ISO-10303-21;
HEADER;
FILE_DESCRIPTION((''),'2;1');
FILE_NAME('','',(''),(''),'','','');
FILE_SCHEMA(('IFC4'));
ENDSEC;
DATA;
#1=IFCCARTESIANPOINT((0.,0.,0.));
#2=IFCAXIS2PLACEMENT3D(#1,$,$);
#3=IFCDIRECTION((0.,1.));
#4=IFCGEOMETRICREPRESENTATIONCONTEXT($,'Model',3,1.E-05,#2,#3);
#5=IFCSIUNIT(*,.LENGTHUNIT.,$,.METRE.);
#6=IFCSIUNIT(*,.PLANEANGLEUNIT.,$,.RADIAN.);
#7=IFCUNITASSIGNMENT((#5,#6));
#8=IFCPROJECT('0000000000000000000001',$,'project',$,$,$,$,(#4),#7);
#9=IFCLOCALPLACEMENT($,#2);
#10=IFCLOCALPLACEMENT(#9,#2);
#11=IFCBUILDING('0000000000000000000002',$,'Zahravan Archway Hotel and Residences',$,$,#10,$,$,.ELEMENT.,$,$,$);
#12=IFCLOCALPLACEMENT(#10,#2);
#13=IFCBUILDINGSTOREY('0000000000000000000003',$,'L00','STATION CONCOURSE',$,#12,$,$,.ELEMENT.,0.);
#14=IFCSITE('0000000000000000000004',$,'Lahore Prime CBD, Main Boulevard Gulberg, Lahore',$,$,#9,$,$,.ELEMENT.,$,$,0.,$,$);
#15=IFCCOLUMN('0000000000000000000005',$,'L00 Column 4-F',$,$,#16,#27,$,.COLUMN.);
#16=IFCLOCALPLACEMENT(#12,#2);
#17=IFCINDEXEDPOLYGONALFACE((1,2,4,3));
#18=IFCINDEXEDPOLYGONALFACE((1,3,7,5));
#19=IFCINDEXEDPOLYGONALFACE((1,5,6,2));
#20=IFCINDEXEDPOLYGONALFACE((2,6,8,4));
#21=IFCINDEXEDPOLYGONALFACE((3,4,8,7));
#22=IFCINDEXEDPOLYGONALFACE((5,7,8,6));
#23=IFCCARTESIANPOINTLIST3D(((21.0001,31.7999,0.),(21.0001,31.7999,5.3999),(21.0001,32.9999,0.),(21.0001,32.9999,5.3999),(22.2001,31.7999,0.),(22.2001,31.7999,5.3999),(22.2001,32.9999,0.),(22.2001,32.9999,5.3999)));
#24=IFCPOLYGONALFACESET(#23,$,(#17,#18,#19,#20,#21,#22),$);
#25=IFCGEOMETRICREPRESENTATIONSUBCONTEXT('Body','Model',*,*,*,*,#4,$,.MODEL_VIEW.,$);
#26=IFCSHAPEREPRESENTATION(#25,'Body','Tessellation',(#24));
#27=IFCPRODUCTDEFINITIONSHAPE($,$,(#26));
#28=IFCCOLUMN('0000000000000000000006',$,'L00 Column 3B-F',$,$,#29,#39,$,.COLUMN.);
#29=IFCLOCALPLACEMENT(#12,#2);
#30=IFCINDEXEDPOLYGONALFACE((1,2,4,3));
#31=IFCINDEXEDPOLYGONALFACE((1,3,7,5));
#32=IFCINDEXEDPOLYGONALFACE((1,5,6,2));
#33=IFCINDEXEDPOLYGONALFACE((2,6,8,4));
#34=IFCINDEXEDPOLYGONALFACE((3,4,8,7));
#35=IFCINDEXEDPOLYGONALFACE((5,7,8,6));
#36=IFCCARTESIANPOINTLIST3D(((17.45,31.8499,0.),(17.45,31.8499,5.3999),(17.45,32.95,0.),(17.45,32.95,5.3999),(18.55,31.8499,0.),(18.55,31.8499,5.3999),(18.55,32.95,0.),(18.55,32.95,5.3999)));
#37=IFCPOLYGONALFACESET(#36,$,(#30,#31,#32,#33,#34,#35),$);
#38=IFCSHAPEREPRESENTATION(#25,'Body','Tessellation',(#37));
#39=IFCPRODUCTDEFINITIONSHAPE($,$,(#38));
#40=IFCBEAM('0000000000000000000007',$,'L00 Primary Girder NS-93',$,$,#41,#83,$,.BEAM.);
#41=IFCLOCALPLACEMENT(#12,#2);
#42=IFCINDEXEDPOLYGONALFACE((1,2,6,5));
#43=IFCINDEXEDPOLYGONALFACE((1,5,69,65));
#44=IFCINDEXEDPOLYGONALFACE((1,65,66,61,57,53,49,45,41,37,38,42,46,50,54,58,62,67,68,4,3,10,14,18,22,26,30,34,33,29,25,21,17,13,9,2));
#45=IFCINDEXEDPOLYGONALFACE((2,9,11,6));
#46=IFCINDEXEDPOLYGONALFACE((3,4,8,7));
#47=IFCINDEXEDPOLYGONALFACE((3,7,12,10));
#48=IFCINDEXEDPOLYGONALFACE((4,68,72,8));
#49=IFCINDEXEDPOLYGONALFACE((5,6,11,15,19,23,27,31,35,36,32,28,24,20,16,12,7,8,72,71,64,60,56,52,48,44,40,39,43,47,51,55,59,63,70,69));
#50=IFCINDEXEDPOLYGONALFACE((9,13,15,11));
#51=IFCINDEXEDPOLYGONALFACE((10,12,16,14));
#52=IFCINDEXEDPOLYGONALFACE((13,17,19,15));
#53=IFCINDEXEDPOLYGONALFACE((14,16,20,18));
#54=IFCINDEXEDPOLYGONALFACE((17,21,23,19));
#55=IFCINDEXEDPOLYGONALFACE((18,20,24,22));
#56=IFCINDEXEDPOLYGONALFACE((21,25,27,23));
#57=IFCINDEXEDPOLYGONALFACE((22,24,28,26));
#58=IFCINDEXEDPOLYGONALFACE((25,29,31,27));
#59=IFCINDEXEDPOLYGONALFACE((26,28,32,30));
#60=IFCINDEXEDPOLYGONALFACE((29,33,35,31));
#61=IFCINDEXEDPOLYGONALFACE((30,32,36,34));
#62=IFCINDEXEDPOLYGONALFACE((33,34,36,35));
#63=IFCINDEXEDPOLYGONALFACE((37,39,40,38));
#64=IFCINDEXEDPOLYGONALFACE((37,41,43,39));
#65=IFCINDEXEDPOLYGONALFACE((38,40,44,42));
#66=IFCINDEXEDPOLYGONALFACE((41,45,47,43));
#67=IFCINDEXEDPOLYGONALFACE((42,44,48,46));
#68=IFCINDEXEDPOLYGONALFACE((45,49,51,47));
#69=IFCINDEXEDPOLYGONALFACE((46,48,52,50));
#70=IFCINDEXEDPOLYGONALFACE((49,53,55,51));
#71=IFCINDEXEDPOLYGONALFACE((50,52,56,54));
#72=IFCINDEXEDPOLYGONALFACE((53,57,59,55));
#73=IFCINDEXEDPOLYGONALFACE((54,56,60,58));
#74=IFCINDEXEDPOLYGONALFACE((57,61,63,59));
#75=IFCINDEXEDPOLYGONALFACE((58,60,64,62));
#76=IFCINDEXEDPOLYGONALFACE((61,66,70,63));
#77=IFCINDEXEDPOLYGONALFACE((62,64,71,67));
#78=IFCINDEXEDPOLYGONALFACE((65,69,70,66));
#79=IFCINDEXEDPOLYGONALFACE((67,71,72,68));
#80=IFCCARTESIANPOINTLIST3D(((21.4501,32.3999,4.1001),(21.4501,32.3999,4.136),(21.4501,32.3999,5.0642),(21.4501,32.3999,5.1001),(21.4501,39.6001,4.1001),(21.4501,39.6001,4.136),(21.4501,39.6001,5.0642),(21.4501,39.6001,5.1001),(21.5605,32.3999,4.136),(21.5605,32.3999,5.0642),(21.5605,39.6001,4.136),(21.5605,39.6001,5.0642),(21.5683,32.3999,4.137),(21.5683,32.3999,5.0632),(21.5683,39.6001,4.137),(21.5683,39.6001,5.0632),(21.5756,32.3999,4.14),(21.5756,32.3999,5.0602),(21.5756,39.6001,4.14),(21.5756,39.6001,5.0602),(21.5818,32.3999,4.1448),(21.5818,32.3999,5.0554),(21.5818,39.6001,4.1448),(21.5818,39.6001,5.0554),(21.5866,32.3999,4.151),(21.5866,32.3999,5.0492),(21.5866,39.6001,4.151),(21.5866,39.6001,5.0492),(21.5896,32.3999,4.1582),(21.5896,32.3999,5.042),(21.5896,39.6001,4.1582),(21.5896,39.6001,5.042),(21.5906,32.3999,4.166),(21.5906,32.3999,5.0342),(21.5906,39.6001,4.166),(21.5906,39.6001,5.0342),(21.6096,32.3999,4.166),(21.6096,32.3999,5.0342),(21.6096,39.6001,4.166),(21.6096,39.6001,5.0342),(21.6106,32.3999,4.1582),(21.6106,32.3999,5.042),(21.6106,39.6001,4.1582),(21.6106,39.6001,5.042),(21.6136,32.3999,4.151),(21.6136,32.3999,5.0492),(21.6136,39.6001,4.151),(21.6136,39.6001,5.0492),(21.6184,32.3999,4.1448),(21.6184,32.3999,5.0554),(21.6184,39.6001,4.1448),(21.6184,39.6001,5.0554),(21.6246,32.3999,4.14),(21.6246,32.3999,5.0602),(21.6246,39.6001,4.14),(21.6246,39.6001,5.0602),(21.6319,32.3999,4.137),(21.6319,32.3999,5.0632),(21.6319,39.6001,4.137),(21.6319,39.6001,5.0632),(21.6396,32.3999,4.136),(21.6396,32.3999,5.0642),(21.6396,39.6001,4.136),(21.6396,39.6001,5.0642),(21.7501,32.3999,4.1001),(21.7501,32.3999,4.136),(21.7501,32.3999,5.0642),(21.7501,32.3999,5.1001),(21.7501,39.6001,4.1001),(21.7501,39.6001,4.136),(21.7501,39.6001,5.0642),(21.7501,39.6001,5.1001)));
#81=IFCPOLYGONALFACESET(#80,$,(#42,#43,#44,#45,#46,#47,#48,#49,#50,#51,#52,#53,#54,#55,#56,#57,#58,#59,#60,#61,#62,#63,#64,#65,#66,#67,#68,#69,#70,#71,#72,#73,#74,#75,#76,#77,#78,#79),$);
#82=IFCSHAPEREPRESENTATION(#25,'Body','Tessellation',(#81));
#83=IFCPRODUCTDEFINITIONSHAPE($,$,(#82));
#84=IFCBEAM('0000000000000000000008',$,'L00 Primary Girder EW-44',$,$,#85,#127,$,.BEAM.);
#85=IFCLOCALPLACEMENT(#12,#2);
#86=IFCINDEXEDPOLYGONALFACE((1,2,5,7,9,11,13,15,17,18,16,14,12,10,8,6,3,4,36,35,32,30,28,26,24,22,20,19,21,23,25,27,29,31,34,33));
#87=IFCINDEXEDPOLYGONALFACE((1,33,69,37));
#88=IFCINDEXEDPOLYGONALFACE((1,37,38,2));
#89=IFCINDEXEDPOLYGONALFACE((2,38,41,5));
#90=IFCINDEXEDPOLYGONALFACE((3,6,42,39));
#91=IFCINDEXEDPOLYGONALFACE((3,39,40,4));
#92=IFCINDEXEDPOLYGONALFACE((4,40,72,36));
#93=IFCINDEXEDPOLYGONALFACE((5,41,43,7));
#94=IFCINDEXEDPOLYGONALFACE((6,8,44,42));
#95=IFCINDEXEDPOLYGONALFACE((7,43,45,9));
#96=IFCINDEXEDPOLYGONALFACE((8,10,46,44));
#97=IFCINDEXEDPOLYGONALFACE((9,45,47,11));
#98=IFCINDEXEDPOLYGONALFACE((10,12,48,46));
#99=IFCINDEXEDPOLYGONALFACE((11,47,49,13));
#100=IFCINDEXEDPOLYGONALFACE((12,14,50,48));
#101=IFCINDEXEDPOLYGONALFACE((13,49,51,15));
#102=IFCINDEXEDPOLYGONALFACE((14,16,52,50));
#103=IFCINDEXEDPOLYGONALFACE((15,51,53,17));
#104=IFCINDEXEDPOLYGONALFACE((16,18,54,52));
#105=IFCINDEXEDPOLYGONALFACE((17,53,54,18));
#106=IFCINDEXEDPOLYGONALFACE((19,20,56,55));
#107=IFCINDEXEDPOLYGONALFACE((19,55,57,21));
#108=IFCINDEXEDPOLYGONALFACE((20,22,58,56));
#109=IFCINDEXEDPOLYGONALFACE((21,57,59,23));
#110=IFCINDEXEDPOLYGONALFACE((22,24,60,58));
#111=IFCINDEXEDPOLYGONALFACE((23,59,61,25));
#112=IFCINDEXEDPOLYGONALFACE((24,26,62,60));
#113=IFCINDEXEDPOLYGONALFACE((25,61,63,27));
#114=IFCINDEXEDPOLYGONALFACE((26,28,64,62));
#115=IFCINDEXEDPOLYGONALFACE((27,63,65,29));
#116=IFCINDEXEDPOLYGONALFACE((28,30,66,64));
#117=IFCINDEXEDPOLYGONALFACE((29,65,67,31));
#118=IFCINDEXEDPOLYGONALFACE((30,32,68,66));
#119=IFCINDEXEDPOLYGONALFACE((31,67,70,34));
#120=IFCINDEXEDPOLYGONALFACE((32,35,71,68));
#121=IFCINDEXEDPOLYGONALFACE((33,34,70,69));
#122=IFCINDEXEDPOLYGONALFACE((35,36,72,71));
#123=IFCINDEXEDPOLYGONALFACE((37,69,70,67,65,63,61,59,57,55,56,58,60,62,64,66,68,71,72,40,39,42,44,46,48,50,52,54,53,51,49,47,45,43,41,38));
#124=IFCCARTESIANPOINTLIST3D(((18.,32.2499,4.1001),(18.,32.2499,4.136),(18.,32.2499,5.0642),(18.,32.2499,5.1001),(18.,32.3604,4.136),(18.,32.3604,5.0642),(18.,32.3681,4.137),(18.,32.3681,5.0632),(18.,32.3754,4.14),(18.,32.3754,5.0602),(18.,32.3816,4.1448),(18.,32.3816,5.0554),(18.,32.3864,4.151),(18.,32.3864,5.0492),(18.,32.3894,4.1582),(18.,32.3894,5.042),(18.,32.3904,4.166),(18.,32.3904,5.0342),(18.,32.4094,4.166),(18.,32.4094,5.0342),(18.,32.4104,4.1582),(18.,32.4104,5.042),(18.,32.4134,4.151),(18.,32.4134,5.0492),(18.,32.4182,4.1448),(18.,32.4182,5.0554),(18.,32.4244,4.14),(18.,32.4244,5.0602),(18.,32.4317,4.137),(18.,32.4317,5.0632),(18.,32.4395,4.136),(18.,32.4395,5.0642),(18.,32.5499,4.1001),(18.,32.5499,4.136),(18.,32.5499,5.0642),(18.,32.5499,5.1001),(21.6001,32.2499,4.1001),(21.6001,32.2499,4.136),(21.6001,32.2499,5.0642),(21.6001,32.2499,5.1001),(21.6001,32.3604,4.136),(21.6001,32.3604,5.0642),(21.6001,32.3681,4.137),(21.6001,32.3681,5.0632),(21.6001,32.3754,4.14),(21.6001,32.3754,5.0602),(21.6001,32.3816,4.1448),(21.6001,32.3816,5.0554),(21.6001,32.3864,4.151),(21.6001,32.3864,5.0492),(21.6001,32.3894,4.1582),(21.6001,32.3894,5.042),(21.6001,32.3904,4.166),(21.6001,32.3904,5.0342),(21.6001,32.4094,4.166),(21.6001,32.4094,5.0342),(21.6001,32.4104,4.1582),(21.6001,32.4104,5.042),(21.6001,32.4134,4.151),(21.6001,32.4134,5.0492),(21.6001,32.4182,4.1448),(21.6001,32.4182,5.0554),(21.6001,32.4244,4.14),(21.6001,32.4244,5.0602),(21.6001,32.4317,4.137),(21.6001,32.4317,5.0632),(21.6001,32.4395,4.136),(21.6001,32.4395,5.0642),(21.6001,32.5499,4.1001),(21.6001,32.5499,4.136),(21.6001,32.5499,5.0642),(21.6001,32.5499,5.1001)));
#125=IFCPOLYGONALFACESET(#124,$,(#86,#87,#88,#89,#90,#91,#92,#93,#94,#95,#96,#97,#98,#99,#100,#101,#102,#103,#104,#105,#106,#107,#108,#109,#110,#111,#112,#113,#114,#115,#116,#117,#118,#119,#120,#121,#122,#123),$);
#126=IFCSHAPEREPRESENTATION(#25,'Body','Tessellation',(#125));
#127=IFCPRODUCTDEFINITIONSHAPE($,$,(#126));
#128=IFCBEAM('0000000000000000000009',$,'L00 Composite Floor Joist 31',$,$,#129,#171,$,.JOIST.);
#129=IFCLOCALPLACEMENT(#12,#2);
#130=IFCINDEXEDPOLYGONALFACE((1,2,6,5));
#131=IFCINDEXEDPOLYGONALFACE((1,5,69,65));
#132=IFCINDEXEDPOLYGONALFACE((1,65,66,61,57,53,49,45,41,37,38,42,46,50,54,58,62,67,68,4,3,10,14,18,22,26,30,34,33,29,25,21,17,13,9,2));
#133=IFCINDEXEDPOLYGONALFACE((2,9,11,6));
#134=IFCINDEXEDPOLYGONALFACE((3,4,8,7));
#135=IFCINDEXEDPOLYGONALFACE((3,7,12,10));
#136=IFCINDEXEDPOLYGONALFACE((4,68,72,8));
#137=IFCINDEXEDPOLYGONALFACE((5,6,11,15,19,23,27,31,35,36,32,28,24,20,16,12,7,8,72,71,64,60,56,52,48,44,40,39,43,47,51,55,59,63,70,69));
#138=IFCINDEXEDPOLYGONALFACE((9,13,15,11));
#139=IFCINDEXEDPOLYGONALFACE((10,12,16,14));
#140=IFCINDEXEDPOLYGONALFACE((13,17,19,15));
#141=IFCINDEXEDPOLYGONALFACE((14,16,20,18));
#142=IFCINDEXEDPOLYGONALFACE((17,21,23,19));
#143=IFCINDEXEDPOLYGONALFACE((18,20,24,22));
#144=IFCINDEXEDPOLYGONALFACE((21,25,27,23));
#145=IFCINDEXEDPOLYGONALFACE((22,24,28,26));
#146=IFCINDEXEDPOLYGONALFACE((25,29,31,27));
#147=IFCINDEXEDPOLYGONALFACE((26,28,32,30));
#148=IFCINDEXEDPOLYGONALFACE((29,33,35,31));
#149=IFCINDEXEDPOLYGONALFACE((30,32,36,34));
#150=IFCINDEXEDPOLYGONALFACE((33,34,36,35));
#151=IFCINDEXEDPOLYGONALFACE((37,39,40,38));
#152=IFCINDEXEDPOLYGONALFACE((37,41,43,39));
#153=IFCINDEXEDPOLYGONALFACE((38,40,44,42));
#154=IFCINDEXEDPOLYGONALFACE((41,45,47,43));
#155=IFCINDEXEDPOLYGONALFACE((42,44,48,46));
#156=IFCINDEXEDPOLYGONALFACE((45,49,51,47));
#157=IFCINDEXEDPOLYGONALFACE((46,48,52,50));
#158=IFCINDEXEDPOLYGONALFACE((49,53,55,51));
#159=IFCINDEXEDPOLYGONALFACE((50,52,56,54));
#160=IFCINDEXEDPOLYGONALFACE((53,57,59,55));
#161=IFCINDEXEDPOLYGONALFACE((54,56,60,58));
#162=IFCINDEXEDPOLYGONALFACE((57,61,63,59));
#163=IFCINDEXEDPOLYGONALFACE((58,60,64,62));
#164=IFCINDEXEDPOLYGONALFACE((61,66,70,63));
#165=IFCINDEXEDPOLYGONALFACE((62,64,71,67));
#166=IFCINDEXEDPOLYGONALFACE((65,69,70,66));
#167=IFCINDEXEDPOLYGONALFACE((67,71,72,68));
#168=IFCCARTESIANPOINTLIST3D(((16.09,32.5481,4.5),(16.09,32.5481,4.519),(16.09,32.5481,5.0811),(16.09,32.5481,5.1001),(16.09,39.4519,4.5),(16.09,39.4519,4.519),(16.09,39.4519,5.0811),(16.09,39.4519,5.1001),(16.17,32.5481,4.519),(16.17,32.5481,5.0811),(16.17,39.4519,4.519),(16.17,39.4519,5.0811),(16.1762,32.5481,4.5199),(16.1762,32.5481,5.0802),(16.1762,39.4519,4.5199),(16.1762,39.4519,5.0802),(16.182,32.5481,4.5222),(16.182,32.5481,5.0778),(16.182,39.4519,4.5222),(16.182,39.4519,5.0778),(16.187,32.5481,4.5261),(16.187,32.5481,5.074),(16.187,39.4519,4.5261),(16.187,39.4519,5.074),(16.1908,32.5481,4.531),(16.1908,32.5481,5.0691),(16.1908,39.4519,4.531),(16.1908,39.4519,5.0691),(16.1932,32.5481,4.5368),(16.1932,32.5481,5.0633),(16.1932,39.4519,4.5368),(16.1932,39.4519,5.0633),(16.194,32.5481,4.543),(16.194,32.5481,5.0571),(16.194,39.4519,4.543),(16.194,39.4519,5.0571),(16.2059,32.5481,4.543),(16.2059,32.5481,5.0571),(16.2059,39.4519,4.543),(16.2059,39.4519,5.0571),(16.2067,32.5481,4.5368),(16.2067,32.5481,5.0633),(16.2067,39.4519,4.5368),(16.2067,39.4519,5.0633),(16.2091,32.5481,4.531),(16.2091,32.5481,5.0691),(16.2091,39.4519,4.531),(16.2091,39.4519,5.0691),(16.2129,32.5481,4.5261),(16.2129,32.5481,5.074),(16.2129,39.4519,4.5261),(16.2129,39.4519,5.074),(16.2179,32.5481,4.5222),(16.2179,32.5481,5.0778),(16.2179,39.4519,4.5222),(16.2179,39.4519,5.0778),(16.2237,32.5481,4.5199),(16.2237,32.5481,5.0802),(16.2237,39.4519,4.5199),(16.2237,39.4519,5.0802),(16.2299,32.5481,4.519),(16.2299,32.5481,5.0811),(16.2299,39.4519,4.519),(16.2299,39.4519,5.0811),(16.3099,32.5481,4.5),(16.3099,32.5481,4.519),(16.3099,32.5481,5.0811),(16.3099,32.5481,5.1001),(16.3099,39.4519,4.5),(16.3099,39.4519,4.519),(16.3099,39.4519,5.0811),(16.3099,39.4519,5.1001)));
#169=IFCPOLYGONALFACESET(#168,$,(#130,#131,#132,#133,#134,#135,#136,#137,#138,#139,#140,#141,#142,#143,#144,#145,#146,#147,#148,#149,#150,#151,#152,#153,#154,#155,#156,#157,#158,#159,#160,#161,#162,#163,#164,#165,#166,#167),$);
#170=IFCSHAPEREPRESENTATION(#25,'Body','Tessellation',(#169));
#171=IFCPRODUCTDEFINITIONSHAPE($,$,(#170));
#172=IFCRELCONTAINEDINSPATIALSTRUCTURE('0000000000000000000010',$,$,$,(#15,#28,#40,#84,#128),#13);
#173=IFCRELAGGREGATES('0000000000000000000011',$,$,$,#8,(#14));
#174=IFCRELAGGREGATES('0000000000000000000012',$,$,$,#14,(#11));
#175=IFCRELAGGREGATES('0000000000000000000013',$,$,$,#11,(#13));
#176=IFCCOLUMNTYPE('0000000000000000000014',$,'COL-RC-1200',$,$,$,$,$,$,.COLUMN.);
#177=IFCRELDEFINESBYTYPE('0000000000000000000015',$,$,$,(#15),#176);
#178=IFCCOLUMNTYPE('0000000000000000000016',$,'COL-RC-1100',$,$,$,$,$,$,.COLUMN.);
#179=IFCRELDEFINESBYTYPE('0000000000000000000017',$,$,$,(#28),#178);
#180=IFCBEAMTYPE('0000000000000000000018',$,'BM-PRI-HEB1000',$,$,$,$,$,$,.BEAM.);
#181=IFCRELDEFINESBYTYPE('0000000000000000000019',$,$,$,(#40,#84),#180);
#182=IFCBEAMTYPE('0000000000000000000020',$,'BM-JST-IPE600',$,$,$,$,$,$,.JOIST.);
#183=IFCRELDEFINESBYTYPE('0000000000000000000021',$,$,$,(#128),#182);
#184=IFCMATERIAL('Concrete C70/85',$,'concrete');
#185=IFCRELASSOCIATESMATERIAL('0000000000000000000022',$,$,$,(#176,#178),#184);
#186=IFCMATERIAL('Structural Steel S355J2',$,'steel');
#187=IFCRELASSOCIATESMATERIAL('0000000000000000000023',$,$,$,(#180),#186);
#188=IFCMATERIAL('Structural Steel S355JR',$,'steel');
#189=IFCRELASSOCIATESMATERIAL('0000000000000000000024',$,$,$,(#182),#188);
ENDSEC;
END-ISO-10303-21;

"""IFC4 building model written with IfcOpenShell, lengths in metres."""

from ifc_helpers import new_model, si_unit, direction, frame, origin, origin_2d, place, context, subcontext, project, spatial, rectangle, i_section, extrude, source, transform, mapped, material, material_profile, profile_set, type_object, element, save


model = new_model("IFC4")

# Units and contexts
model_context = context("Model", 3, precision=1e-05, world=origin(), true_north=direction((0.0, 1.0)))
body_context = subcontext(model_context, "Body", "Model", "MODEL_VIEW")
ifc_project = project(units=[si_unit("LENGTHUNIT", "METRE"), si_unit("PLANEANGLEUNIT", "RADIAN")], contexts=[model_context])

# Site, building, storey
site_placement = place(None, origin())
site = spatial("IfcSite", under=ifc_project, at=site_placement, Name="Lahore Prime CBD, Main Boulevard Gulberg, Lahore", CompositionType="ELEMENT", RefElevation=0.0)
building_placement = place(site_placement, origin())
building = spatial("IfcBuilding", under=site, at=building_placement, Name="Zahravan Archway Hotel and Residences", CompositionType="ELEMENT")
storey_placement = place(building_placement, origin())
storey = spatial("IfcBuildingStorey", under=building, at=storey_placement, Name="L00", Description="STATION CONCOURSE", CompositionType="ELEMENT", Elevation=0.0)

# Columns
ifc_material_1 = material(Name="Concrete C70/85", Category="concrete")
ifc_material_profile_1 = material_profile(ifc_material_1, rectangle(XDim=1.2, YDim=1.2, at=origin_2d()), Name="RC-COL-1200x1200", Category="concrete")
ifc_profile_set_1 = profile_set([ifc_material_profile_1], Name="Concrete C70/85")
column_type_1 = type_object("IfcColumnType", Name="COL-RC-1200", PredefinedType="COLUMN", material=ifc_profile_set_1)
shared_shape_1 = source(origin(), body_context, "Body", "SweptSolid", [
    extrude(rectangle(XDim=1.2, YDim=1.2, at=origin_2d()), origin(), (0.0, 0.0, 1.0), 5.3999),
])
column_1_placement = place(storey_placement, frame((21.6001, 32.3999, 0.0), z_axis=(0.0, 0.0, 1.0), x_axis=(1.0, 0.0, 0.0)))
element("IfcColumn", 1, at=column_1_placement, inside=storey, type_object=column_type_1, Name="L00 Column 4-F", PredefinedType="COLUMN", context=body_context, shape_type="MappedRepresentation", body=[
    mapped(shared_shape_1, transform((0.0, 0.0, 0.0), scale=1.0)),
])
ifc_material_profile_2 = material_profile(ifc_material_1, rectangle(XDim=1.1001, YDim=1.1001, at=origin_2d()), Name="RC 1100x1100", Category="concrete")
ifc_profile_set_2 = profile_set([ifc_material_profile_2], Name="Concrete C70/85")
column_type_2 = type_object("IfcColumnType", Name="COL-RC-1100", PredefinedType="COLUMN", material=ifc_profile_set_2)
shared_shape_2 = source(origin(), body_context, "Body", "SweptSolid", [
    extrude(rectangle(XDim=1.1001, YDim=1.1001, at=origin_2d()), origin(), (0.0, 0.0, 1.0), 5.3999),
])
column_2_placement = place(storey_placement, frame((18.0, 32.3999, 0.0), z_axis=(0.0, 0.0, 1.0), x_axis=(1.0, 0.0, 0.0)))
element("IfcColumn", 2, at=column_2_placement, inside=storey, type_object=column_type_2, Name="L00 Column 3B-F", PredefinedType="COLUMN", context=body_context, shape_type="MappedRepresentation", body=[
    mapped(shared_shape_2, transform((0.0, 0.0, 0.0), scale=1.0)),
])

# Beams
ifc_material_2 = material(Name="Structural Steel S355J2", Category="steel")
ifc_material_profile_3 = material_profile(ifc_material_2, i_section(OverallWidth=0.3, OverallDepth=1.0, WebThickness=0.019, FlangeThickness=0.0359, FilletRadius=0.03, at=origin_2d()), Name="HEB 1000", Category="steel")
ifc_profile_set_3 = profile_set([ifc_material_profile_3], Name="Structural Steel S355J2")
beam_type_1 = type_object("IfcBeamType", Name="BM-PRI-HEB1000", PredefinedType="BEAM", material=ifc_profile_set_3)
shared_shape_3 = source(origin(), body_context, "Body", "SweptSolid", [
    extrude(i_section(OverallWidth=0.3, OverallDepth=1.0, WebThickness=0.019, FlangeThickness=0.0359, FilletRadius=0.03, at=origin_2d()), origin(), (0.0, 0.0, 1.0), 7.2002),
])
beam_1_placement = place(storey_placement, frame((21.6001, 32.3999, 4.6001), z_axis=(0.0, 1.0, 0.0), x_axis=(-1.0, 0.0, 0.0)))
element("IfcBeam", 3, at=beam_1_placement, inside=storey, type_object=beam_type_1, Name="L00 Primary Girder NS-93", PredefinedType="BEAM", context=body_context, shape_type="MappedRepresentation", body=[
    mapped(shared_shape_3, transform((0.0, 0.0, 0.0), scale=1.0)),
])
shared_shape_4 = source(origin(), body_context, "Body", "SweptSolid", [
    extrude(i_section(OverallWidth=0.3, OverallDepth=1.0, WebThickness=0.019, FlangeThickness=0.0359, FilletRadius=0.03, at=origin_2d()), origin(), (0.0, 0.0, 1.0), 3.6001),
])
beam_2_placement = place(storey_placement, frame((18.0, 32.3999, 4.6001), z_axis=(1.0, 0.0, 0.0), x_axis=(0.0, 1.0, 0.0)))
element("IfcBeam", 4, at=beam_2_placement, inside=storey, type_object=beam_type_1, Name="L00 Primary Girder EW-44", PredefinedType="BEAM", context=body_context, shape_type="MappedRepresentation", body=[
    mapped(shared_shape_4, transform((0.0, 0.0, 0.0), scale=1.0)),
])
ifc_material_3 = material(Name="Structural Steel S355JR", Category="steel")
ifc_material_profile_4 = material_profile(ifc_material_3, i_section(OverallWidth=0.22, OverallDepth=0.6001, WebThickness=0.012, FlangeThickness=0.019, FilletRadius=0.0239, at=origin_2d()), Name="IPE 600", Category="steel")
ifc_profile_set_4 = profile_set([ifc_material_profile_4], Name="Structural Steel S355JR")
beam_type_2 = type_object("IfcBeamType", Name="BM-JST-IPE600", PredefinedType="JOIST", material=ifc_profile_set_4)
shared_shape_5 = source(origin(), body_context, "Body", "SweptSolid", [
    extrude(i_section(OverallWidth=0.22, OverallDepth=0.6001, WebThickness=0.012, FlangeThickness=0.019, FilletRadius=0.0239, at=origin_2d()), origin(), (0.0, 0.0, 1.0), 6.9038),
])
for number, where, z_axis, x_axis, name in (
    (5, (16.2, 32.5481, 4.8), (0.0, 1.0, 0.0), (-1.0, 0.0, 0.0), "L00 Composite Floor Joist 31"),
):
    element("IfcBeam", number, at=place(storey_placement, frame(where, z_axis=z_axis, x_axis=x_axis)), inside=storey, type_object=beam_type_2, Name=name, PredefinedType="JOIST", context=body_context, shape_type="MappedRepresentation", body=[
        mapped(shared_shape_5, transform((0.0, 0.0, 0.0), scale=1.0)),
    ])

save(model, "model.ifc")
